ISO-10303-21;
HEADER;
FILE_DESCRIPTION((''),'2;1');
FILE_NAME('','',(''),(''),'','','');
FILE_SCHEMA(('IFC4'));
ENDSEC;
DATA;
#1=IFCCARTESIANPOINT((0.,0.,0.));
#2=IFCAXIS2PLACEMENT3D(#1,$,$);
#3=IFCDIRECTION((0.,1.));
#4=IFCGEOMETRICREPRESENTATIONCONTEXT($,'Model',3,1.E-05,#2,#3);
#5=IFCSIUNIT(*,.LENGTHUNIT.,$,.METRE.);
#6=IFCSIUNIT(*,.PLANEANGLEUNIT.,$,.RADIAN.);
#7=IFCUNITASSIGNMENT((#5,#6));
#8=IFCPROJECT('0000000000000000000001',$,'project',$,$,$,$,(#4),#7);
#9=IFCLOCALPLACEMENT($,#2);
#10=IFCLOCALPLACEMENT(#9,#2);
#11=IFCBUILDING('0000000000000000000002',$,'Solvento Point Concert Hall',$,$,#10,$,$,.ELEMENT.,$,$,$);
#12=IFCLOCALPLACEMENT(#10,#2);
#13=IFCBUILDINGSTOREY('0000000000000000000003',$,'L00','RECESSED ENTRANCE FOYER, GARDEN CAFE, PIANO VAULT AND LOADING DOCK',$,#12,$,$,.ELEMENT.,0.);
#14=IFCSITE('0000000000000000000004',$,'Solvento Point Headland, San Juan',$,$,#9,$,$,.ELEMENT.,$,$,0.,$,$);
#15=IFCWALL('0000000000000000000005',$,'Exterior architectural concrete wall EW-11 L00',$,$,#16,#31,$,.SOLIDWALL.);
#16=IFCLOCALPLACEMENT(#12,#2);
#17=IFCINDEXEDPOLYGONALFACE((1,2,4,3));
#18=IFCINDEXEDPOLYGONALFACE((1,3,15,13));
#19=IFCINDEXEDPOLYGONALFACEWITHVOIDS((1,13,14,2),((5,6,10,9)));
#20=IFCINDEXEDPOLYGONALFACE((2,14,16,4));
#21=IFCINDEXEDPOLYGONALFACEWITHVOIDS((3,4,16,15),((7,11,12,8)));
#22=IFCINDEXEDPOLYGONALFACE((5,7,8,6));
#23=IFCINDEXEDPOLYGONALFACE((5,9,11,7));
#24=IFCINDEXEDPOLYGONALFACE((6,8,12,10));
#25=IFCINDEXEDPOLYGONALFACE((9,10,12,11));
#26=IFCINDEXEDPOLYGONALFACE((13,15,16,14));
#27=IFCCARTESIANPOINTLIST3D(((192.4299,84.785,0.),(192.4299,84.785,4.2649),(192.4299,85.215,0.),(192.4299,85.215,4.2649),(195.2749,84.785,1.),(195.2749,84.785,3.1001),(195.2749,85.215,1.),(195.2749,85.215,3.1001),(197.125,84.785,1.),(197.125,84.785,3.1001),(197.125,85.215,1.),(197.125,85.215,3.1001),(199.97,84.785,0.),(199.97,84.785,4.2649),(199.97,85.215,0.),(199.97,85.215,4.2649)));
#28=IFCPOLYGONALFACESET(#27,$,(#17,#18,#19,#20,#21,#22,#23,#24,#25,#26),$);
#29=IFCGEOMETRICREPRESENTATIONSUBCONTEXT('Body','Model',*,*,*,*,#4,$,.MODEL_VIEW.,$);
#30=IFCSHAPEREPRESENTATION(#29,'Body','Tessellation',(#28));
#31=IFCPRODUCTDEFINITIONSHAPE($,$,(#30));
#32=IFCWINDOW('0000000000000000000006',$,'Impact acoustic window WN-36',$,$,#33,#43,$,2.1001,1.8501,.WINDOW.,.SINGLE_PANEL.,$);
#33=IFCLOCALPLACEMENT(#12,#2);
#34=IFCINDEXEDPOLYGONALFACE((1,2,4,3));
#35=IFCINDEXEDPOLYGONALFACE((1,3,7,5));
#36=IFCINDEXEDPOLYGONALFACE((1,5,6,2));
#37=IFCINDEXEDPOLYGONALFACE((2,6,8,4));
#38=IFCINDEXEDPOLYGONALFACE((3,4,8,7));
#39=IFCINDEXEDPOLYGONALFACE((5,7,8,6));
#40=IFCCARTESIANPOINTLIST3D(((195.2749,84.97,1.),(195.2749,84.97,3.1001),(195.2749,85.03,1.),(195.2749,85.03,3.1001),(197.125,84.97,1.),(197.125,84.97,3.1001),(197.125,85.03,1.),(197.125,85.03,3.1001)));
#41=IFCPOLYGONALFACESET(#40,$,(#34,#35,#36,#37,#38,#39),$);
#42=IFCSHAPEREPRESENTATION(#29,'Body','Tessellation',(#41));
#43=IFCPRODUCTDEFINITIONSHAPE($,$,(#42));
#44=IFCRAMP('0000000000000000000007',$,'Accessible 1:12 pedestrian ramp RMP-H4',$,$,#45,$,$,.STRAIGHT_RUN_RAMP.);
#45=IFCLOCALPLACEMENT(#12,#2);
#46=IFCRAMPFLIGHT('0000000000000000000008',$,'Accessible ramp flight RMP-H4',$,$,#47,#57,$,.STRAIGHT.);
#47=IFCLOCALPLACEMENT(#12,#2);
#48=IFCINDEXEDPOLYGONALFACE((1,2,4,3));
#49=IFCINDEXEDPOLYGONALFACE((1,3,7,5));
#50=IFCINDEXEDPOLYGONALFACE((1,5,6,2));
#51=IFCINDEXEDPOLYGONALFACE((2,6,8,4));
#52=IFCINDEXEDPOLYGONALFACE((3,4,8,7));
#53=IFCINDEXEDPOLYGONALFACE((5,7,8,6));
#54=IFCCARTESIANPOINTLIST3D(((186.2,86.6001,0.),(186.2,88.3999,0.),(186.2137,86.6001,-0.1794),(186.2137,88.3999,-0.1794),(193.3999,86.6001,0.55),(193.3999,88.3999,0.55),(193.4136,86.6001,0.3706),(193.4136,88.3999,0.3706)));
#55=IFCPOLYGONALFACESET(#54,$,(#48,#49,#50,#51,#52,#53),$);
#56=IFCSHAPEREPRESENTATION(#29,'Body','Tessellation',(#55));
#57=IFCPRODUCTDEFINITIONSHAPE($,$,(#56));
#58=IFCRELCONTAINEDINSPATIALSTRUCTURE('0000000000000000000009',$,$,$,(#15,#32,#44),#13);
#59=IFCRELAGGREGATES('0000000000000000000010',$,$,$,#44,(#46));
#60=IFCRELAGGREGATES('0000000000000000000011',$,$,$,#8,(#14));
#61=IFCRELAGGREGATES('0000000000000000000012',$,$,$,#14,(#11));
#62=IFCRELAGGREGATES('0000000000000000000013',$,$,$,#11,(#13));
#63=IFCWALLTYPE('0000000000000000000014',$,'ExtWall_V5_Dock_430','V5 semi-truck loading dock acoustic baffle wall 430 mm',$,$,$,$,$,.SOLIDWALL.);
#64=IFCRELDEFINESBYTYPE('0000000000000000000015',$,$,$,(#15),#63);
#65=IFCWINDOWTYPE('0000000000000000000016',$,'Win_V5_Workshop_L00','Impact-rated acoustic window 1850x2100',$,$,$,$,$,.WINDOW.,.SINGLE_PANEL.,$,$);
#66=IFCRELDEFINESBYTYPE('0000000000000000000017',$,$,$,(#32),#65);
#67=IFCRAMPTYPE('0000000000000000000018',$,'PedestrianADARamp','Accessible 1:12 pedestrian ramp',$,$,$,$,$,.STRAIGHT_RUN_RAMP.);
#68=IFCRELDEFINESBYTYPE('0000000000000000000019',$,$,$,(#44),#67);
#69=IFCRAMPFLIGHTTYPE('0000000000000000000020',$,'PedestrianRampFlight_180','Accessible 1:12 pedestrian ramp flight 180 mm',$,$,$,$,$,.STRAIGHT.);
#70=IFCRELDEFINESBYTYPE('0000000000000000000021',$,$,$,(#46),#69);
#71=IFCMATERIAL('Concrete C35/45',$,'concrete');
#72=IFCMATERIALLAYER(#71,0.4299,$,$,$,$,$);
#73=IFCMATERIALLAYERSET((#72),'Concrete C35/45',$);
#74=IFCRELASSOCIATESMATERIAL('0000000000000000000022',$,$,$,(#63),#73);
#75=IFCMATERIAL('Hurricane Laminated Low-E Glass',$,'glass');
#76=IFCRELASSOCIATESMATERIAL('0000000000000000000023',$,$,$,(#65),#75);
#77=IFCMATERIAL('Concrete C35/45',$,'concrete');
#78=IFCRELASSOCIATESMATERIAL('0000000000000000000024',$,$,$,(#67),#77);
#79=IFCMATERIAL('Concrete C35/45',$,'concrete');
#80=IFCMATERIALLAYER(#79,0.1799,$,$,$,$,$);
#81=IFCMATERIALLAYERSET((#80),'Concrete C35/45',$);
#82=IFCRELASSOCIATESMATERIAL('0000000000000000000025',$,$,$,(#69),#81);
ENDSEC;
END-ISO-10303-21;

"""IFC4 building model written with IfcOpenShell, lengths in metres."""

from ifc_helpers import new_model, si_unit, direction, frame, frame_2d, origin, place, context, subcontext, project, spatial, polyline, rectangle, outline, extrude, material, layer, layer_set, type_object, element, fill, aggregate, save


model = new_model("IFC4")

# Units and contexts
model_context = context("Model", 3, precision=1e-05, world=origin(), true_north=direction((0.0, 1.0)))
body_context = subcontext(model_context, "Body", "Model", "MODEL_VIEW")
ifc_project = project(units=[si_unit("LENGTHUNIT", "METRE"), si_unit("PLANEANGLEUNIT", "RADIAN")], contexts=[model_context])

# Site, building, storey
site_placement = place(None, origin())
site = spatial("IfcSite", under=ifc_project, at=site_placement, Name="Solvento Point Headland, San Juan", CompositionType="ELEMENT", RefElevation=0.0)
building_placement = place(site_placement, origin())
building = spatial("IfcBuilding", under=site, at=building_placement, Name="Solvento Point Concert Hall", CompositionType="ELEMENT")
storey_placement = place(building_placement, origin())
storey = spatial("IfcBuildingStorey", under=building, at=storey_placement, Name="L00", Description="RECESSED ENTRANCE FOYER, GARDEN CAFE, PIANO VAULT AND LOADING DOCK", CompositionType="ELEMENT", Elevation=0.0)

# Wall, opening, window
ifc_material_1 = material(Name="Concrete C35/45", Category="concrete")
ifc_layer_1 = layer(ifc_material_1, 0.4299)
ifc_layer_set_1 = layer_set([ifc_layer_1], Name="Concrete C35/45")
wall_type_1 = type_object("IfcWallType", Name="ExtWall_V5_Dock_430", Description="V5 semi-truck loading dock acoustic baffle wall 430 mm", PredefinedType="SOLIDWALL", material=ifc_layer_set_1)
ifc_material_2 = material(Name="Hurricane Laminated Low-E Glass", Category="glass")
window_type = type_object("IfcWindowType", Name="Win_V5_Workshop_L00", Description="Impact-rated acoustic window 1850x2100", PartitioningType="SINGLE_PANEL", PredefinedType="WINDOW", material=ifc_material_2)
wall_1_placement = place(storey_placement, frame((199.97, 85.0, 0.0), z_axis=(0.0, 0.0, 1.0), x_axis=(-1.0, 0.0, 0.0)))
wall_1 = element("IfcWall", 1, at=wall_1_placement, inside=storey, type_object=wall_type_1, Name="Exterior architectural concrete wall EW-11 L00", PredefinedType="SOLIDWALL", context=body_context, shape_type="SweptSolid", body=[
    extrude(rectangle(XDim=7.54, YDim=0.4299, at=frame_2d((3.77, 0.0))), origin(), (0.0, 0.0, 1.0), 4.2649),
])
opening_1_placement = place(wall_1_placement, frame((2.845, 0.0, 1.0)))
opening_1 = element("IfcOpeningElement", 2, at=opening_1_placement, cuts=wall_1, PredefinedType="OPENING", context=body_context, shape_type="SweptSolid", body=[
    extrude(rectangle(XDim=1.8501, YDim=2.1001, at=frame_2d((0.925, 1.05))), frame((0.0, 0.2249, 0.0), z_axis=(0.0, -1.0, 0.0), x_axis=(1.0, 0.0, 0.0)), (0.0, 0.0, 1.0), 0.45),
])
window_1_placement = place(opening_1_placement, origin())
window_1 = element("IfcWindow", 3, at=window_1_placement, inside=storey, type_object=window_type, Name="Impact acoustic window WN-36", OverallHeight=2.1001, OverallWidth=1.8501, PartitioningType="SINGLE_PANEL", PredefinedType="WINDOW", context=body_context, shape_type="SweptSolid", body=[
    extrude(rectangle(XDim=1.8501, YDim=2.1001, at=frame_2d((0.925, 1.05))), frame((0.0, 0.03, 0.0), z_axis=(0.0, -1.0, 0.0), x_axis=(1.0, 0.0, 0.0)), (0.0, 0.0, 1.0), 0.0601),
])
fill(opening_1, window_1)

# Ramp, ramp flight
ifc_material_3 = material(Name="Concrete C35/45", Category="concrete")
ramp_type = type_object("IfcRampType", Name="PedestrianADARamp", Description="Accessible 1:12 pedestrian ramp", PredefinedType="STRAIGHT_RUN_RAMP", material=ifc_material_3)
ramp_placement = place(storey_placement, origin())
ramp = element("IfcRamp", 4, at=ramp_placement, inside=storey, type_object=ramp_type, Name="Accessible 1:12 pedestrian ramp RMP-H4", PredefinedType="STRAIGHT_RUN_RAMP")
ifc_material_4 = material(Name="Concrete C35/45", Category="concrete")
ifc_layer_2 = layer(ifc_material_4, 0.1799)
ifc_layer_set_2 = layer_set([ifc_layer_2], Name="Concrete C35/45")
ramp_flight_type = type_object("IfcRampFlightType", Name="PedestrianRampFlight_180", Description="Accessible 1:12 pedestrian ramp flight 180 mm", PredefinedType="STRAIGHT", material=ifc_layer_set_2)
ramp_flight_placement = place(storey_placement, frame((186.2, 86.6001, 0.0), z_axis=(-0.076174, 0.0, 0.997095), x_axis=(0.997095, 0.0, 0.076174)))
ramp_flight = element("IfcRampFlight", 5, at=ramp_flight_placement, type_object=ramp_flight_type, Name="Accessible ramp flight RMP-H4", PredefinedType="STRAIGHT", context=body_context, shape_type="SweptSolid", body=[
    extrude(outline(polyline([(0.0, 0.0), (7.2209, 0.0), (7.2209, 1.7998), (0.0, 1.7998), (0.0, 0.0)])), origin(), (0.0, 0.0, -1.0), 0.1799),
])
aggregate(ramp, [ramp_flight])

save(model, "model.ifc")
